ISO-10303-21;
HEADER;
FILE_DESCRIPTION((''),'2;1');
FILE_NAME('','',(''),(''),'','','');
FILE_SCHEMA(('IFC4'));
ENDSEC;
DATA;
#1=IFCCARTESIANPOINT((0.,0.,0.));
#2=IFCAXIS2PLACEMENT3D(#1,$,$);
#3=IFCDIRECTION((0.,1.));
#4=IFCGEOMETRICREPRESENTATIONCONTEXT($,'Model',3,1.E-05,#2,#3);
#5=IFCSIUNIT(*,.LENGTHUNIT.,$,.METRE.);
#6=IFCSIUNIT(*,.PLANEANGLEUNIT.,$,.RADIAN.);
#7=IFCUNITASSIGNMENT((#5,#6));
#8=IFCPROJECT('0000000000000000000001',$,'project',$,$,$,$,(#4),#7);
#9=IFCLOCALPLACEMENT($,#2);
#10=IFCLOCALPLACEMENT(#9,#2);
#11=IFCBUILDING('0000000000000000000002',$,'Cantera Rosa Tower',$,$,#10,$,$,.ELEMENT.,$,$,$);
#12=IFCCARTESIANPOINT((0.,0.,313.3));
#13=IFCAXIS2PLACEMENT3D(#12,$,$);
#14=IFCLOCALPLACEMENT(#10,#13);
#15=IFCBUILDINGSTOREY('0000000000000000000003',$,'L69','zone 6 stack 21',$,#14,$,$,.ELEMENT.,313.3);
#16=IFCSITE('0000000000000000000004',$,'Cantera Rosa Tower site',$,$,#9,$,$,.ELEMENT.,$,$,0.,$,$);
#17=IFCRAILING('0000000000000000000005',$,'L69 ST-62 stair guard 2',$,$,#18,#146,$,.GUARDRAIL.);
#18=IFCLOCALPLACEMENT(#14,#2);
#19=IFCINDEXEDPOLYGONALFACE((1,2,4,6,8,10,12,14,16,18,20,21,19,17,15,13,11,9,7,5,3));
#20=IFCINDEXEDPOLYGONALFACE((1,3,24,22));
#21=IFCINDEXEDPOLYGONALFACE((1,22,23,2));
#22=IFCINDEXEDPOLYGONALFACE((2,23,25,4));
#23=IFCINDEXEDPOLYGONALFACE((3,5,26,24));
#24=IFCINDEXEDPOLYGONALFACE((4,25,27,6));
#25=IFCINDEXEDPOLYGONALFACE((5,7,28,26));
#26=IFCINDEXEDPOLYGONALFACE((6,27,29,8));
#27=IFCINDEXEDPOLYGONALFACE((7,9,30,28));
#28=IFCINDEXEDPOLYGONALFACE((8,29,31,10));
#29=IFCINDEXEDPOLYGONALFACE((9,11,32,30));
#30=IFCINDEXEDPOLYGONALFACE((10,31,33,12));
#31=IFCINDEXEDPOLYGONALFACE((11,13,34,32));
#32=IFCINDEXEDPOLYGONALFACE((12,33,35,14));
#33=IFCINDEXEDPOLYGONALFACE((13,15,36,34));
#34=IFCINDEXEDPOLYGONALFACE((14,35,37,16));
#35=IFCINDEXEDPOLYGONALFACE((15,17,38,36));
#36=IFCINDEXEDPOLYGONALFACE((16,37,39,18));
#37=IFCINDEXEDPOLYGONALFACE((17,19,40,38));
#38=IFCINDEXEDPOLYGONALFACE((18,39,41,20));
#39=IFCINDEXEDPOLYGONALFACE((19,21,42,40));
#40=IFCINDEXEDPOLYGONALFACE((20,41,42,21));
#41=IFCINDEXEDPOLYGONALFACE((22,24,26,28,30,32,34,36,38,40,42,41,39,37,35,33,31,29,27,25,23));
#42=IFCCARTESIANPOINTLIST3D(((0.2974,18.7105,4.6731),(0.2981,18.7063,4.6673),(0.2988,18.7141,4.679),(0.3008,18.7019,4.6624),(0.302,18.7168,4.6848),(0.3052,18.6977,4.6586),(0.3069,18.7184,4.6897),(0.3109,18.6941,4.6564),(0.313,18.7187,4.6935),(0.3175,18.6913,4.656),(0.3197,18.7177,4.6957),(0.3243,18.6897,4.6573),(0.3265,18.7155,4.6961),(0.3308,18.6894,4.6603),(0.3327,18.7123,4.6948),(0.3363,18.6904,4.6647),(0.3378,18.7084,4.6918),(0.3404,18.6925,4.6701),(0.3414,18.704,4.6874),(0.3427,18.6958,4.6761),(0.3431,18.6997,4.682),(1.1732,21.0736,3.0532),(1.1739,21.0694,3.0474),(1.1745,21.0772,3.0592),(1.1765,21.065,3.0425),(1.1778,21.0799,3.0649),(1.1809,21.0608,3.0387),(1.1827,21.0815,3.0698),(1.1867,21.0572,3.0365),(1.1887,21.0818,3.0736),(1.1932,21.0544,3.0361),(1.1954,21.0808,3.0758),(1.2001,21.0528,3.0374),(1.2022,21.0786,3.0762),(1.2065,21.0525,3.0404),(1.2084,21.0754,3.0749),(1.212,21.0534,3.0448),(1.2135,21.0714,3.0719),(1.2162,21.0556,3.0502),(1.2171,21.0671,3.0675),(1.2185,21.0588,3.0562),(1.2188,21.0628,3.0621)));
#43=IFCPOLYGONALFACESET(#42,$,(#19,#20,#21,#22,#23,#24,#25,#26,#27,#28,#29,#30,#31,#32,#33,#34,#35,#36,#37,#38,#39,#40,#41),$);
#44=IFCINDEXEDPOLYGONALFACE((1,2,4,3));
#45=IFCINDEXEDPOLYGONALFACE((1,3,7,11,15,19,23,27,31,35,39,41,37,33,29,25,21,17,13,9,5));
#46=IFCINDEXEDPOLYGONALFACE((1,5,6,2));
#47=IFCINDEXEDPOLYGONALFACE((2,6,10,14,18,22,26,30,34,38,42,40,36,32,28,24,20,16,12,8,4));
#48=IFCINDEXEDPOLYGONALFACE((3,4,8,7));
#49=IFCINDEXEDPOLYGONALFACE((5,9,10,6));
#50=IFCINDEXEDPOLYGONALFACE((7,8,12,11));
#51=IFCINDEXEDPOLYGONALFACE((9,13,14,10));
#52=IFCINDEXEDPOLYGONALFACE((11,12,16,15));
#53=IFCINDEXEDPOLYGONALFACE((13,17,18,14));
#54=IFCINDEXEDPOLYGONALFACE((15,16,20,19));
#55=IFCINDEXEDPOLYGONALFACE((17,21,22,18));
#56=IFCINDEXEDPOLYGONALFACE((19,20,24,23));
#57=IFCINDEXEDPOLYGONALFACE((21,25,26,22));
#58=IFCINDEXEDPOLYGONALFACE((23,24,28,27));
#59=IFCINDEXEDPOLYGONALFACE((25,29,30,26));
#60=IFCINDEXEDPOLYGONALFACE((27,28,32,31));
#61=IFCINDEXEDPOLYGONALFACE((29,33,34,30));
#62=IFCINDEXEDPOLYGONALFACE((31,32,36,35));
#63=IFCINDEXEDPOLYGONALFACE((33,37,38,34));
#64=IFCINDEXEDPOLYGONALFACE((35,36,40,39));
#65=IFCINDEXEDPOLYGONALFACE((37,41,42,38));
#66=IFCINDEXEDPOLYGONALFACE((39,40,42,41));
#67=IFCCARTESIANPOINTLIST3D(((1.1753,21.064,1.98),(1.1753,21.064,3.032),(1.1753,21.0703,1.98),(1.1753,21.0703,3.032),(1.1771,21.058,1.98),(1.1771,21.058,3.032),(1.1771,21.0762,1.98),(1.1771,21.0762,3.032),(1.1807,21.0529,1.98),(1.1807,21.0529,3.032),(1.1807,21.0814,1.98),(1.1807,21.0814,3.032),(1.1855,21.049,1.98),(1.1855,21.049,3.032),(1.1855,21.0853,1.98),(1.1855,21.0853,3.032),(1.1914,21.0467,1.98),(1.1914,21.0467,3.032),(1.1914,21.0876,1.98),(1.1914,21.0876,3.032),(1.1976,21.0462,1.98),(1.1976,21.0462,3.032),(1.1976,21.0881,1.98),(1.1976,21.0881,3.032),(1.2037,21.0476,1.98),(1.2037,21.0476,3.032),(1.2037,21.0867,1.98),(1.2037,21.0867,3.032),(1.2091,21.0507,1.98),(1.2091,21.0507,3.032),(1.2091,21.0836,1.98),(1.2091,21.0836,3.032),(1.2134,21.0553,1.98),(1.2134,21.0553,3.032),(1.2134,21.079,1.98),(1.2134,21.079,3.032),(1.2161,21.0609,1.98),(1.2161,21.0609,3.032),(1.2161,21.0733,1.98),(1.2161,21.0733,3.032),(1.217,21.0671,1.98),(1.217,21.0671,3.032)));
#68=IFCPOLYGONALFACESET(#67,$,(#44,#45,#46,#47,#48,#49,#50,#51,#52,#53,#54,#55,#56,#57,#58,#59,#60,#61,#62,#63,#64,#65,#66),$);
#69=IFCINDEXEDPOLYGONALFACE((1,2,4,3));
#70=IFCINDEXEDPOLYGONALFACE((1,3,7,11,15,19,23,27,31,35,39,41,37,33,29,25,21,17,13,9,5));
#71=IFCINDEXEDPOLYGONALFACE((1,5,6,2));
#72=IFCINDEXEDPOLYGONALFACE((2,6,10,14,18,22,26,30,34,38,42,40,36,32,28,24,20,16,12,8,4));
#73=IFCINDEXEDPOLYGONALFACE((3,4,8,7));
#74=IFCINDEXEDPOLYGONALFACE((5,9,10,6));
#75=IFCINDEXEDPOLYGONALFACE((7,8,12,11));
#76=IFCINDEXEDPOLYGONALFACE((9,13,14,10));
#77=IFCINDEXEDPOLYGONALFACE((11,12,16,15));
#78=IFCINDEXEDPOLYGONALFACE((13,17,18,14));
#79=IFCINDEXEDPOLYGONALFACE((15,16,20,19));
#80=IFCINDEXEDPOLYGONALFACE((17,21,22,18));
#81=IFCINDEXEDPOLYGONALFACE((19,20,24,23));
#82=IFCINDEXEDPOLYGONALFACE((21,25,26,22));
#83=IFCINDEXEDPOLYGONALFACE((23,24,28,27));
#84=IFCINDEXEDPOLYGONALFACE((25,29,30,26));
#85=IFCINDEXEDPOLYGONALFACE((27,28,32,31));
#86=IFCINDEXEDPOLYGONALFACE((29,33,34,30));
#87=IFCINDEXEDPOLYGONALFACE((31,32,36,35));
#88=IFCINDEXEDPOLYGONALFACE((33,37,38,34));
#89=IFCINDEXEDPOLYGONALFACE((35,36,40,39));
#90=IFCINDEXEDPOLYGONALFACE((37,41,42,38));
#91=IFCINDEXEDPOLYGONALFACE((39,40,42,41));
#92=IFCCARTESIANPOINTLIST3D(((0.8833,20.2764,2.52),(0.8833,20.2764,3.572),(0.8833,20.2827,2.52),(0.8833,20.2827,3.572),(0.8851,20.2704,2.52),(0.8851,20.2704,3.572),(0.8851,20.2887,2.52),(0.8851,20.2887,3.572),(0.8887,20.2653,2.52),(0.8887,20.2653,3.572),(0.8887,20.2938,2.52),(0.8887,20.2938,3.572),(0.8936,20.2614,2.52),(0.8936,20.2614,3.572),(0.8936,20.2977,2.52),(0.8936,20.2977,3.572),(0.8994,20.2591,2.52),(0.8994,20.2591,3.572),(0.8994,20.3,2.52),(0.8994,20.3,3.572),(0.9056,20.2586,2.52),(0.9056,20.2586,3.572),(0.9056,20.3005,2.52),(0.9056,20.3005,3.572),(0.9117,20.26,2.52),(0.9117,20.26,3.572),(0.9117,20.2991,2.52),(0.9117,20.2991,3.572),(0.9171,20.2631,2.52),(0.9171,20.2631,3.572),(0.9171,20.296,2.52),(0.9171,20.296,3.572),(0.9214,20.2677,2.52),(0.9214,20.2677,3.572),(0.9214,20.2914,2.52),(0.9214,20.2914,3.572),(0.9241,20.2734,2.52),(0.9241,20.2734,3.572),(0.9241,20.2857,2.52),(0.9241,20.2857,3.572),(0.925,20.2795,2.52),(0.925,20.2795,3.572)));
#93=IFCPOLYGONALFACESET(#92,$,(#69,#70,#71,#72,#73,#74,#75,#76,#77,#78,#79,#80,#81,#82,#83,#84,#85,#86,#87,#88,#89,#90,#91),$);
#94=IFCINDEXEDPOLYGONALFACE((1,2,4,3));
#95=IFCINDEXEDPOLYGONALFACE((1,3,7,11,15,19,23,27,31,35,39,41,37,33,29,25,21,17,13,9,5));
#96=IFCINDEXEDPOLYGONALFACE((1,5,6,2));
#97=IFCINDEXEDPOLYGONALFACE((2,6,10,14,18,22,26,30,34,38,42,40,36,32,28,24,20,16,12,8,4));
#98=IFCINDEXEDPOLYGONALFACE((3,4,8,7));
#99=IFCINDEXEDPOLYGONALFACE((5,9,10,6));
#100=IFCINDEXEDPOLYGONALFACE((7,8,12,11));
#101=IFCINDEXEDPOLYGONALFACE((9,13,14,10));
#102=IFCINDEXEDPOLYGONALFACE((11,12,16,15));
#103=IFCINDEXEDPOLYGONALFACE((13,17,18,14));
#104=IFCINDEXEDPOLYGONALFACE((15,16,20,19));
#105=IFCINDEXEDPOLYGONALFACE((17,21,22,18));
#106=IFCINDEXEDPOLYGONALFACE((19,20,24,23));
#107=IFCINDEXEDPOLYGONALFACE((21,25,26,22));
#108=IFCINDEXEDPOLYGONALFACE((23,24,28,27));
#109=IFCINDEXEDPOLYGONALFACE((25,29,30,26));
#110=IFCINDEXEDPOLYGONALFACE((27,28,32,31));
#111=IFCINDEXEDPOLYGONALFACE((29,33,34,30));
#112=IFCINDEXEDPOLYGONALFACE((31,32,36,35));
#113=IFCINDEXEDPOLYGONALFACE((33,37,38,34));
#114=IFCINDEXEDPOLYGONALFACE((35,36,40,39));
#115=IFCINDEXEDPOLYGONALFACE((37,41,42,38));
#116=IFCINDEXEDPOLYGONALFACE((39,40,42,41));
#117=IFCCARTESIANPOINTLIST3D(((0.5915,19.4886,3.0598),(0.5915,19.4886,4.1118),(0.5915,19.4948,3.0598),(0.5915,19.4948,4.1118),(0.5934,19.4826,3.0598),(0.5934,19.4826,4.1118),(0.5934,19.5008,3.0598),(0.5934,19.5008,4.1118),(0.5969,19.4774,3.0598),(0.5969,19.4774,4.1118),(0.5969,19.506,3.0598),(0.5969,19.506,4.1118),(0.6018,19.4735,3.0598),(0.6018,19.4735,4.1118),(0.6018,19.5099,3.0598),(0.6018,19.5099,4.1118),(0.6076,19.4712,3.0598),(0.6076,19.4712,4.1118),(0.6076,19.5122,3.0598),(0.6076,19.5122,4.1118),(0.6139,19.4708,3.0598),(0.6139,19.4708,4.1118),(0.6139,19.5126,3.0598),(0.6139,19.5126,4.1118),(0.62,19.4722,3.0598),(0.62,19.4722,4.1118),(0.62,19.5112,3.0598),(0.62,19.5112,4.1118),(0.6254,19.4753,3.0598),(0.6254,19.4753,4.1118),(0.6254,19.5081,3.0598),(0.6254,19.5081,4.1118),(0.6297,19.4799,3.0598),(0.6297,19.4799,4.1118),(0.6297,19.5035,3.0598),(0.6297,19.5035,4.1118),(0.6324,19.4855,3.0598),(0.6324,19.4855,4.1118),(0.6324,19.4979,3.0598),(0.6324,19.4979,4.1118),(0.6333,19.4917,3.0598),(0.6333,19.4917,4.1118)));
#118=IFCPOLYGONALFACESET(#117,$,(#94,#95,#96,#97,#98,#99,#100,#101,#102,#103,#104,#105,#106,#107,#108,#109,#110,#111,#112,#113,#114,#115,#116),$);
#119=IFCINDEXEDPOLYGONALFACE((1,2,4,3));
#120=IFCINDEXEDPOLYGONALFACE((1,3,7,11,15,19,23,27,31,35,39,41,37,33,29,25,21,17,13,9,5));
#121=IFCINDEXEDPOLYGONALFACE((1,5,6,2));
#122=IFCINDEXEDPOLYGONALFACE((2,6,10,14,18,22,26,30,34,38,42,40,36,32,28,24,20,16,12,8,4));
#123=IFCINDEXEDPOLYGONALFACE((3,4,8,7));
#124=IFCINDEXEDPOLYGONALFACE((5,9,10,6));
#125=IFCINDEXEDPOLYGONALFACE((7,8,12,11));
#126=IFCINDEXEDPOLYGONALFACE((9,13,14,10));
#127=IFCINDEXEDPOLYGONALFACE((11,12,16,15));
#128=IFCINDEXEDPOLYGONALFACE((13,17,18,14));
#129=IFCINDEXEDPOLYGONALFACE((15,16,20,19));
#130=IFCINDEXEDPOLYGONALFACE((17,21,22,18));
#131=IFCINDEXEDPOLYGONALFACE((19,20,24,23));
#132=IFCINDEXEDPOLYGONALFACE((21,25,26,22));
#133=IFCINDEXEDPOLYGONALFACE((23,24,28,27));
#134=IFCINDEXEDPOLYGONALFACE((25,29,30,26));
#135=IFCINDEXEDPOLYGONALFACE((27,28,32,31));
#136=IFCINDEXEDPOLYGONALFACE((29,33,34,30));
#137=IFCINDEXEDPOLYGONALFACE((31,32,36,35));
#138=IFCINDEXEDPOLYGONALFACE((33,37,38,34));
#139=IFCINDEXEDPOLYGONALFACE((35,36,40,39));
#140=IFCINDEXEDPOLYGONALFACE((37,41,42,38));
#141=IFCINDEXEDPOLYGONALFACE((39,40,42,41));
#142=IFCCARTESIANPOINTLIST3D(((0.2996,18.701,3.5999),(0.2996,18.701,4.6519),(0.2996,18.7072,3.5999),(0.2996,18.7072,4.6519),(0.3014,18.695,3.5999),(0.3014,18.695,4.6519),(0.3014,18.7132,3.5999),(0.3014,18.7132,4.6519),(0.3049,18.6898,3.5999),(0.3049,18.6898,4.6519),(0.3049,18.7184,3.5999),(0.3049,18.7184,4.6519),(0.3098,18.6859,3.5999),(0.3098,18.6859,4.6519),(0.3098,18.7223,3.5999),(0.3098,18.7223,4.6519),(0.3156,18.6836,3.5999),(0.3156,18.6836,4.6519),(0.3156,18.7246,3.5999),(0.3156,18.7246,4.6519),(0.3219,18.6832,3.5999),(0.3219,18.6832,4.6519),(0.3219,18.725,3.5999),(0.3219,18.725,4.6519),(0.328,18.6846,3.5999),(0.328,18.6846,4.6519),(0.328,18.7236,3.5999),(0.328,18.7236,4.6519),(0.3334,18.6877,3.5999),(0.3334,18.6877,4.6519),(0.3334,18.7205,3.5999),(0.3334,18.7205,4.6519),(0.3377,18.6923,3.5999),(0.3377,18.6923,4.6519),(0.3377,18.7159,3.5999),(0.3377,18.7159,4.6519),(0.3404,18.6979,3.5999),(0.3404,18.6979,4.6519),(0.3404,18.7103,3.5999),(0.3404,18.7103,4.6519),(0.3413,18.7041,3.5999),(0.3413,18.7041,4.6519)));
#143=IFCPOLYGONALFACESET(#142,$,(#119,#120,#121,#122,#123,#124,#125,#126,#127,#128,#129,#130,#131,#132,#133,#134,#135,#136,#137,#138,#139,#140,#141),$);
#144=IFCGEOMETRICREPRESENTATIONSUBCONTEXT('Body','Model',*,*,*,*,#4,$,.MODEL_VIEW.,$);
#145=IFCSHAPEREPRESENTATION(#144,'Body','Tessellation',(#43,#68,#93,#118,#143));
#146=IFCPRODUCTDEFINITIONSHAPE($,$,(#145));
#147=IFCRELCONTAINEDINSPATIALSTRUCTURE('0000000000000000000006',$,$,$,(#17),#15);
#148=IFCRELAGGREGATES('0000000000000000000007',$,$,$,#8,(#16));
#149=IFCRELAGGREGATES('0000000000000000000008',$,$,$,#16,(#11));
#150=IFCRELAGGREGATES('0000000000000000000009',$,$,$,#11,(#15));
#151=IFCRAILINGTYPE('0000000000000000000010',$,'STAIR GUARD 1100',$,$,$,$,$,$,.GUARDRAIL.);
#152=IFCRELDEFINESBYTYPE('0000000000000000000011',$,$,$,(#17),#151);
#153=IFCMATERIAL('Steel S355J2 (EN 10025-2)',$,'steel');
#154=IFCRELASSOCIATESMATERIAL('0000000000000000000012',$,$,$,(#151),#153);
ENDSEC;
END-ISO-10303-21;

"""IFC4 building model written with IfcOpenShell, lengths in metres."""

from ifc_helpers import new_model, si_unit, direction, frame, origin, origin_2d, place, context, subcontext, project, spatial, circle, extrude, material, type_object, element, save


model = new_model("IFC4")

# Units and contexts
model_context = context("Model", 3, precision=1e-05, world=origin(), true_north=direction((0.0, 1.0)))
body_context = subcontext(model_context, "Body", "Model", "MODEL_VIEW")
ifc_project = project(units=[si_unit("LENGTHUNIT", "METRE"), si_unit("PLANEANGLEUNIT", "RADIAN")], contexts=[model_context])

# Site, building, storey
site_placement = place(None, origin())
site = spatial("IfcSite", under=ifc_project, at=site_placement, Name="Cantera Rosa Tower site", CompositionType="ELEMENT", RefElevation=0.0)
building_placement = place(site_placement, origin())
building = spatial("IfcBuilding", under=site, at=building_placement, Name="Cantera Rosa Tower", CompositionType="ELEMENT")
storey_placement = place(building_placement, frame((0.0, 0.0, 313.3)))
storey = spatial("IfcBuildingStorey", under=building, at=storey_placement, Name="L69", Description="zone 6 stack 21", CompositionType="ELEMENT", Elevation=313.3)

# Railing
ifc_material_1 = material(Name="Steel S355J2 (EN 10025-2)", Category="steel")
railing_type_1 = type_object("IfcRailingType", Name="STAIR GUARD 1100", PredefinedType="GUARDRAIL", material=ifc_material_1)
railing_1_placement = place(storey_placement, frame((1.196, 21.0671, 1.98)))
element("IfcRailing", 1, at=railing_1_placement, inside=storey, type_object=railing_type_1, Name="L69 ST-62 stair guard 2", PredefinedType="GUARDRAIL", context=body_context, shape_type="SweptSolid", body=[
    extrude(circle(Radius=0.0239, at=origin_2d()), frame((0.0, 0.0, 1.0762), z_axis=(-0.29232, -0.788782, 0.540714), x_axis=(0.93768, -0.347501, 0.0)), (0.0, 0.0, 1.0), 2.9958),
    extrude(circle(Radius=0.021, at=origin_2d()), origin(), (0.0, 0.0, 1.0), 1.052),
    extrude(circle(Radius=0.021, at=origin_2d()), frame((-0.292, -0.7876, 0.54)), (0.0, 0.0, 1.0), 1.052),
    extrude(circle(Radius=0.021, at=origin_2d()), frame((-0.5837, -1.5754, 1.0798)), (0.0, 0.0, 1.0), 1.052),
    extrude(circle(Radius=0.021, at=origin_2d()), frame((-0.8757, -2.363, 1.6199)), (0.0, 0.0, 1.0), 1.052),
])

save(model, "model.ifc")
